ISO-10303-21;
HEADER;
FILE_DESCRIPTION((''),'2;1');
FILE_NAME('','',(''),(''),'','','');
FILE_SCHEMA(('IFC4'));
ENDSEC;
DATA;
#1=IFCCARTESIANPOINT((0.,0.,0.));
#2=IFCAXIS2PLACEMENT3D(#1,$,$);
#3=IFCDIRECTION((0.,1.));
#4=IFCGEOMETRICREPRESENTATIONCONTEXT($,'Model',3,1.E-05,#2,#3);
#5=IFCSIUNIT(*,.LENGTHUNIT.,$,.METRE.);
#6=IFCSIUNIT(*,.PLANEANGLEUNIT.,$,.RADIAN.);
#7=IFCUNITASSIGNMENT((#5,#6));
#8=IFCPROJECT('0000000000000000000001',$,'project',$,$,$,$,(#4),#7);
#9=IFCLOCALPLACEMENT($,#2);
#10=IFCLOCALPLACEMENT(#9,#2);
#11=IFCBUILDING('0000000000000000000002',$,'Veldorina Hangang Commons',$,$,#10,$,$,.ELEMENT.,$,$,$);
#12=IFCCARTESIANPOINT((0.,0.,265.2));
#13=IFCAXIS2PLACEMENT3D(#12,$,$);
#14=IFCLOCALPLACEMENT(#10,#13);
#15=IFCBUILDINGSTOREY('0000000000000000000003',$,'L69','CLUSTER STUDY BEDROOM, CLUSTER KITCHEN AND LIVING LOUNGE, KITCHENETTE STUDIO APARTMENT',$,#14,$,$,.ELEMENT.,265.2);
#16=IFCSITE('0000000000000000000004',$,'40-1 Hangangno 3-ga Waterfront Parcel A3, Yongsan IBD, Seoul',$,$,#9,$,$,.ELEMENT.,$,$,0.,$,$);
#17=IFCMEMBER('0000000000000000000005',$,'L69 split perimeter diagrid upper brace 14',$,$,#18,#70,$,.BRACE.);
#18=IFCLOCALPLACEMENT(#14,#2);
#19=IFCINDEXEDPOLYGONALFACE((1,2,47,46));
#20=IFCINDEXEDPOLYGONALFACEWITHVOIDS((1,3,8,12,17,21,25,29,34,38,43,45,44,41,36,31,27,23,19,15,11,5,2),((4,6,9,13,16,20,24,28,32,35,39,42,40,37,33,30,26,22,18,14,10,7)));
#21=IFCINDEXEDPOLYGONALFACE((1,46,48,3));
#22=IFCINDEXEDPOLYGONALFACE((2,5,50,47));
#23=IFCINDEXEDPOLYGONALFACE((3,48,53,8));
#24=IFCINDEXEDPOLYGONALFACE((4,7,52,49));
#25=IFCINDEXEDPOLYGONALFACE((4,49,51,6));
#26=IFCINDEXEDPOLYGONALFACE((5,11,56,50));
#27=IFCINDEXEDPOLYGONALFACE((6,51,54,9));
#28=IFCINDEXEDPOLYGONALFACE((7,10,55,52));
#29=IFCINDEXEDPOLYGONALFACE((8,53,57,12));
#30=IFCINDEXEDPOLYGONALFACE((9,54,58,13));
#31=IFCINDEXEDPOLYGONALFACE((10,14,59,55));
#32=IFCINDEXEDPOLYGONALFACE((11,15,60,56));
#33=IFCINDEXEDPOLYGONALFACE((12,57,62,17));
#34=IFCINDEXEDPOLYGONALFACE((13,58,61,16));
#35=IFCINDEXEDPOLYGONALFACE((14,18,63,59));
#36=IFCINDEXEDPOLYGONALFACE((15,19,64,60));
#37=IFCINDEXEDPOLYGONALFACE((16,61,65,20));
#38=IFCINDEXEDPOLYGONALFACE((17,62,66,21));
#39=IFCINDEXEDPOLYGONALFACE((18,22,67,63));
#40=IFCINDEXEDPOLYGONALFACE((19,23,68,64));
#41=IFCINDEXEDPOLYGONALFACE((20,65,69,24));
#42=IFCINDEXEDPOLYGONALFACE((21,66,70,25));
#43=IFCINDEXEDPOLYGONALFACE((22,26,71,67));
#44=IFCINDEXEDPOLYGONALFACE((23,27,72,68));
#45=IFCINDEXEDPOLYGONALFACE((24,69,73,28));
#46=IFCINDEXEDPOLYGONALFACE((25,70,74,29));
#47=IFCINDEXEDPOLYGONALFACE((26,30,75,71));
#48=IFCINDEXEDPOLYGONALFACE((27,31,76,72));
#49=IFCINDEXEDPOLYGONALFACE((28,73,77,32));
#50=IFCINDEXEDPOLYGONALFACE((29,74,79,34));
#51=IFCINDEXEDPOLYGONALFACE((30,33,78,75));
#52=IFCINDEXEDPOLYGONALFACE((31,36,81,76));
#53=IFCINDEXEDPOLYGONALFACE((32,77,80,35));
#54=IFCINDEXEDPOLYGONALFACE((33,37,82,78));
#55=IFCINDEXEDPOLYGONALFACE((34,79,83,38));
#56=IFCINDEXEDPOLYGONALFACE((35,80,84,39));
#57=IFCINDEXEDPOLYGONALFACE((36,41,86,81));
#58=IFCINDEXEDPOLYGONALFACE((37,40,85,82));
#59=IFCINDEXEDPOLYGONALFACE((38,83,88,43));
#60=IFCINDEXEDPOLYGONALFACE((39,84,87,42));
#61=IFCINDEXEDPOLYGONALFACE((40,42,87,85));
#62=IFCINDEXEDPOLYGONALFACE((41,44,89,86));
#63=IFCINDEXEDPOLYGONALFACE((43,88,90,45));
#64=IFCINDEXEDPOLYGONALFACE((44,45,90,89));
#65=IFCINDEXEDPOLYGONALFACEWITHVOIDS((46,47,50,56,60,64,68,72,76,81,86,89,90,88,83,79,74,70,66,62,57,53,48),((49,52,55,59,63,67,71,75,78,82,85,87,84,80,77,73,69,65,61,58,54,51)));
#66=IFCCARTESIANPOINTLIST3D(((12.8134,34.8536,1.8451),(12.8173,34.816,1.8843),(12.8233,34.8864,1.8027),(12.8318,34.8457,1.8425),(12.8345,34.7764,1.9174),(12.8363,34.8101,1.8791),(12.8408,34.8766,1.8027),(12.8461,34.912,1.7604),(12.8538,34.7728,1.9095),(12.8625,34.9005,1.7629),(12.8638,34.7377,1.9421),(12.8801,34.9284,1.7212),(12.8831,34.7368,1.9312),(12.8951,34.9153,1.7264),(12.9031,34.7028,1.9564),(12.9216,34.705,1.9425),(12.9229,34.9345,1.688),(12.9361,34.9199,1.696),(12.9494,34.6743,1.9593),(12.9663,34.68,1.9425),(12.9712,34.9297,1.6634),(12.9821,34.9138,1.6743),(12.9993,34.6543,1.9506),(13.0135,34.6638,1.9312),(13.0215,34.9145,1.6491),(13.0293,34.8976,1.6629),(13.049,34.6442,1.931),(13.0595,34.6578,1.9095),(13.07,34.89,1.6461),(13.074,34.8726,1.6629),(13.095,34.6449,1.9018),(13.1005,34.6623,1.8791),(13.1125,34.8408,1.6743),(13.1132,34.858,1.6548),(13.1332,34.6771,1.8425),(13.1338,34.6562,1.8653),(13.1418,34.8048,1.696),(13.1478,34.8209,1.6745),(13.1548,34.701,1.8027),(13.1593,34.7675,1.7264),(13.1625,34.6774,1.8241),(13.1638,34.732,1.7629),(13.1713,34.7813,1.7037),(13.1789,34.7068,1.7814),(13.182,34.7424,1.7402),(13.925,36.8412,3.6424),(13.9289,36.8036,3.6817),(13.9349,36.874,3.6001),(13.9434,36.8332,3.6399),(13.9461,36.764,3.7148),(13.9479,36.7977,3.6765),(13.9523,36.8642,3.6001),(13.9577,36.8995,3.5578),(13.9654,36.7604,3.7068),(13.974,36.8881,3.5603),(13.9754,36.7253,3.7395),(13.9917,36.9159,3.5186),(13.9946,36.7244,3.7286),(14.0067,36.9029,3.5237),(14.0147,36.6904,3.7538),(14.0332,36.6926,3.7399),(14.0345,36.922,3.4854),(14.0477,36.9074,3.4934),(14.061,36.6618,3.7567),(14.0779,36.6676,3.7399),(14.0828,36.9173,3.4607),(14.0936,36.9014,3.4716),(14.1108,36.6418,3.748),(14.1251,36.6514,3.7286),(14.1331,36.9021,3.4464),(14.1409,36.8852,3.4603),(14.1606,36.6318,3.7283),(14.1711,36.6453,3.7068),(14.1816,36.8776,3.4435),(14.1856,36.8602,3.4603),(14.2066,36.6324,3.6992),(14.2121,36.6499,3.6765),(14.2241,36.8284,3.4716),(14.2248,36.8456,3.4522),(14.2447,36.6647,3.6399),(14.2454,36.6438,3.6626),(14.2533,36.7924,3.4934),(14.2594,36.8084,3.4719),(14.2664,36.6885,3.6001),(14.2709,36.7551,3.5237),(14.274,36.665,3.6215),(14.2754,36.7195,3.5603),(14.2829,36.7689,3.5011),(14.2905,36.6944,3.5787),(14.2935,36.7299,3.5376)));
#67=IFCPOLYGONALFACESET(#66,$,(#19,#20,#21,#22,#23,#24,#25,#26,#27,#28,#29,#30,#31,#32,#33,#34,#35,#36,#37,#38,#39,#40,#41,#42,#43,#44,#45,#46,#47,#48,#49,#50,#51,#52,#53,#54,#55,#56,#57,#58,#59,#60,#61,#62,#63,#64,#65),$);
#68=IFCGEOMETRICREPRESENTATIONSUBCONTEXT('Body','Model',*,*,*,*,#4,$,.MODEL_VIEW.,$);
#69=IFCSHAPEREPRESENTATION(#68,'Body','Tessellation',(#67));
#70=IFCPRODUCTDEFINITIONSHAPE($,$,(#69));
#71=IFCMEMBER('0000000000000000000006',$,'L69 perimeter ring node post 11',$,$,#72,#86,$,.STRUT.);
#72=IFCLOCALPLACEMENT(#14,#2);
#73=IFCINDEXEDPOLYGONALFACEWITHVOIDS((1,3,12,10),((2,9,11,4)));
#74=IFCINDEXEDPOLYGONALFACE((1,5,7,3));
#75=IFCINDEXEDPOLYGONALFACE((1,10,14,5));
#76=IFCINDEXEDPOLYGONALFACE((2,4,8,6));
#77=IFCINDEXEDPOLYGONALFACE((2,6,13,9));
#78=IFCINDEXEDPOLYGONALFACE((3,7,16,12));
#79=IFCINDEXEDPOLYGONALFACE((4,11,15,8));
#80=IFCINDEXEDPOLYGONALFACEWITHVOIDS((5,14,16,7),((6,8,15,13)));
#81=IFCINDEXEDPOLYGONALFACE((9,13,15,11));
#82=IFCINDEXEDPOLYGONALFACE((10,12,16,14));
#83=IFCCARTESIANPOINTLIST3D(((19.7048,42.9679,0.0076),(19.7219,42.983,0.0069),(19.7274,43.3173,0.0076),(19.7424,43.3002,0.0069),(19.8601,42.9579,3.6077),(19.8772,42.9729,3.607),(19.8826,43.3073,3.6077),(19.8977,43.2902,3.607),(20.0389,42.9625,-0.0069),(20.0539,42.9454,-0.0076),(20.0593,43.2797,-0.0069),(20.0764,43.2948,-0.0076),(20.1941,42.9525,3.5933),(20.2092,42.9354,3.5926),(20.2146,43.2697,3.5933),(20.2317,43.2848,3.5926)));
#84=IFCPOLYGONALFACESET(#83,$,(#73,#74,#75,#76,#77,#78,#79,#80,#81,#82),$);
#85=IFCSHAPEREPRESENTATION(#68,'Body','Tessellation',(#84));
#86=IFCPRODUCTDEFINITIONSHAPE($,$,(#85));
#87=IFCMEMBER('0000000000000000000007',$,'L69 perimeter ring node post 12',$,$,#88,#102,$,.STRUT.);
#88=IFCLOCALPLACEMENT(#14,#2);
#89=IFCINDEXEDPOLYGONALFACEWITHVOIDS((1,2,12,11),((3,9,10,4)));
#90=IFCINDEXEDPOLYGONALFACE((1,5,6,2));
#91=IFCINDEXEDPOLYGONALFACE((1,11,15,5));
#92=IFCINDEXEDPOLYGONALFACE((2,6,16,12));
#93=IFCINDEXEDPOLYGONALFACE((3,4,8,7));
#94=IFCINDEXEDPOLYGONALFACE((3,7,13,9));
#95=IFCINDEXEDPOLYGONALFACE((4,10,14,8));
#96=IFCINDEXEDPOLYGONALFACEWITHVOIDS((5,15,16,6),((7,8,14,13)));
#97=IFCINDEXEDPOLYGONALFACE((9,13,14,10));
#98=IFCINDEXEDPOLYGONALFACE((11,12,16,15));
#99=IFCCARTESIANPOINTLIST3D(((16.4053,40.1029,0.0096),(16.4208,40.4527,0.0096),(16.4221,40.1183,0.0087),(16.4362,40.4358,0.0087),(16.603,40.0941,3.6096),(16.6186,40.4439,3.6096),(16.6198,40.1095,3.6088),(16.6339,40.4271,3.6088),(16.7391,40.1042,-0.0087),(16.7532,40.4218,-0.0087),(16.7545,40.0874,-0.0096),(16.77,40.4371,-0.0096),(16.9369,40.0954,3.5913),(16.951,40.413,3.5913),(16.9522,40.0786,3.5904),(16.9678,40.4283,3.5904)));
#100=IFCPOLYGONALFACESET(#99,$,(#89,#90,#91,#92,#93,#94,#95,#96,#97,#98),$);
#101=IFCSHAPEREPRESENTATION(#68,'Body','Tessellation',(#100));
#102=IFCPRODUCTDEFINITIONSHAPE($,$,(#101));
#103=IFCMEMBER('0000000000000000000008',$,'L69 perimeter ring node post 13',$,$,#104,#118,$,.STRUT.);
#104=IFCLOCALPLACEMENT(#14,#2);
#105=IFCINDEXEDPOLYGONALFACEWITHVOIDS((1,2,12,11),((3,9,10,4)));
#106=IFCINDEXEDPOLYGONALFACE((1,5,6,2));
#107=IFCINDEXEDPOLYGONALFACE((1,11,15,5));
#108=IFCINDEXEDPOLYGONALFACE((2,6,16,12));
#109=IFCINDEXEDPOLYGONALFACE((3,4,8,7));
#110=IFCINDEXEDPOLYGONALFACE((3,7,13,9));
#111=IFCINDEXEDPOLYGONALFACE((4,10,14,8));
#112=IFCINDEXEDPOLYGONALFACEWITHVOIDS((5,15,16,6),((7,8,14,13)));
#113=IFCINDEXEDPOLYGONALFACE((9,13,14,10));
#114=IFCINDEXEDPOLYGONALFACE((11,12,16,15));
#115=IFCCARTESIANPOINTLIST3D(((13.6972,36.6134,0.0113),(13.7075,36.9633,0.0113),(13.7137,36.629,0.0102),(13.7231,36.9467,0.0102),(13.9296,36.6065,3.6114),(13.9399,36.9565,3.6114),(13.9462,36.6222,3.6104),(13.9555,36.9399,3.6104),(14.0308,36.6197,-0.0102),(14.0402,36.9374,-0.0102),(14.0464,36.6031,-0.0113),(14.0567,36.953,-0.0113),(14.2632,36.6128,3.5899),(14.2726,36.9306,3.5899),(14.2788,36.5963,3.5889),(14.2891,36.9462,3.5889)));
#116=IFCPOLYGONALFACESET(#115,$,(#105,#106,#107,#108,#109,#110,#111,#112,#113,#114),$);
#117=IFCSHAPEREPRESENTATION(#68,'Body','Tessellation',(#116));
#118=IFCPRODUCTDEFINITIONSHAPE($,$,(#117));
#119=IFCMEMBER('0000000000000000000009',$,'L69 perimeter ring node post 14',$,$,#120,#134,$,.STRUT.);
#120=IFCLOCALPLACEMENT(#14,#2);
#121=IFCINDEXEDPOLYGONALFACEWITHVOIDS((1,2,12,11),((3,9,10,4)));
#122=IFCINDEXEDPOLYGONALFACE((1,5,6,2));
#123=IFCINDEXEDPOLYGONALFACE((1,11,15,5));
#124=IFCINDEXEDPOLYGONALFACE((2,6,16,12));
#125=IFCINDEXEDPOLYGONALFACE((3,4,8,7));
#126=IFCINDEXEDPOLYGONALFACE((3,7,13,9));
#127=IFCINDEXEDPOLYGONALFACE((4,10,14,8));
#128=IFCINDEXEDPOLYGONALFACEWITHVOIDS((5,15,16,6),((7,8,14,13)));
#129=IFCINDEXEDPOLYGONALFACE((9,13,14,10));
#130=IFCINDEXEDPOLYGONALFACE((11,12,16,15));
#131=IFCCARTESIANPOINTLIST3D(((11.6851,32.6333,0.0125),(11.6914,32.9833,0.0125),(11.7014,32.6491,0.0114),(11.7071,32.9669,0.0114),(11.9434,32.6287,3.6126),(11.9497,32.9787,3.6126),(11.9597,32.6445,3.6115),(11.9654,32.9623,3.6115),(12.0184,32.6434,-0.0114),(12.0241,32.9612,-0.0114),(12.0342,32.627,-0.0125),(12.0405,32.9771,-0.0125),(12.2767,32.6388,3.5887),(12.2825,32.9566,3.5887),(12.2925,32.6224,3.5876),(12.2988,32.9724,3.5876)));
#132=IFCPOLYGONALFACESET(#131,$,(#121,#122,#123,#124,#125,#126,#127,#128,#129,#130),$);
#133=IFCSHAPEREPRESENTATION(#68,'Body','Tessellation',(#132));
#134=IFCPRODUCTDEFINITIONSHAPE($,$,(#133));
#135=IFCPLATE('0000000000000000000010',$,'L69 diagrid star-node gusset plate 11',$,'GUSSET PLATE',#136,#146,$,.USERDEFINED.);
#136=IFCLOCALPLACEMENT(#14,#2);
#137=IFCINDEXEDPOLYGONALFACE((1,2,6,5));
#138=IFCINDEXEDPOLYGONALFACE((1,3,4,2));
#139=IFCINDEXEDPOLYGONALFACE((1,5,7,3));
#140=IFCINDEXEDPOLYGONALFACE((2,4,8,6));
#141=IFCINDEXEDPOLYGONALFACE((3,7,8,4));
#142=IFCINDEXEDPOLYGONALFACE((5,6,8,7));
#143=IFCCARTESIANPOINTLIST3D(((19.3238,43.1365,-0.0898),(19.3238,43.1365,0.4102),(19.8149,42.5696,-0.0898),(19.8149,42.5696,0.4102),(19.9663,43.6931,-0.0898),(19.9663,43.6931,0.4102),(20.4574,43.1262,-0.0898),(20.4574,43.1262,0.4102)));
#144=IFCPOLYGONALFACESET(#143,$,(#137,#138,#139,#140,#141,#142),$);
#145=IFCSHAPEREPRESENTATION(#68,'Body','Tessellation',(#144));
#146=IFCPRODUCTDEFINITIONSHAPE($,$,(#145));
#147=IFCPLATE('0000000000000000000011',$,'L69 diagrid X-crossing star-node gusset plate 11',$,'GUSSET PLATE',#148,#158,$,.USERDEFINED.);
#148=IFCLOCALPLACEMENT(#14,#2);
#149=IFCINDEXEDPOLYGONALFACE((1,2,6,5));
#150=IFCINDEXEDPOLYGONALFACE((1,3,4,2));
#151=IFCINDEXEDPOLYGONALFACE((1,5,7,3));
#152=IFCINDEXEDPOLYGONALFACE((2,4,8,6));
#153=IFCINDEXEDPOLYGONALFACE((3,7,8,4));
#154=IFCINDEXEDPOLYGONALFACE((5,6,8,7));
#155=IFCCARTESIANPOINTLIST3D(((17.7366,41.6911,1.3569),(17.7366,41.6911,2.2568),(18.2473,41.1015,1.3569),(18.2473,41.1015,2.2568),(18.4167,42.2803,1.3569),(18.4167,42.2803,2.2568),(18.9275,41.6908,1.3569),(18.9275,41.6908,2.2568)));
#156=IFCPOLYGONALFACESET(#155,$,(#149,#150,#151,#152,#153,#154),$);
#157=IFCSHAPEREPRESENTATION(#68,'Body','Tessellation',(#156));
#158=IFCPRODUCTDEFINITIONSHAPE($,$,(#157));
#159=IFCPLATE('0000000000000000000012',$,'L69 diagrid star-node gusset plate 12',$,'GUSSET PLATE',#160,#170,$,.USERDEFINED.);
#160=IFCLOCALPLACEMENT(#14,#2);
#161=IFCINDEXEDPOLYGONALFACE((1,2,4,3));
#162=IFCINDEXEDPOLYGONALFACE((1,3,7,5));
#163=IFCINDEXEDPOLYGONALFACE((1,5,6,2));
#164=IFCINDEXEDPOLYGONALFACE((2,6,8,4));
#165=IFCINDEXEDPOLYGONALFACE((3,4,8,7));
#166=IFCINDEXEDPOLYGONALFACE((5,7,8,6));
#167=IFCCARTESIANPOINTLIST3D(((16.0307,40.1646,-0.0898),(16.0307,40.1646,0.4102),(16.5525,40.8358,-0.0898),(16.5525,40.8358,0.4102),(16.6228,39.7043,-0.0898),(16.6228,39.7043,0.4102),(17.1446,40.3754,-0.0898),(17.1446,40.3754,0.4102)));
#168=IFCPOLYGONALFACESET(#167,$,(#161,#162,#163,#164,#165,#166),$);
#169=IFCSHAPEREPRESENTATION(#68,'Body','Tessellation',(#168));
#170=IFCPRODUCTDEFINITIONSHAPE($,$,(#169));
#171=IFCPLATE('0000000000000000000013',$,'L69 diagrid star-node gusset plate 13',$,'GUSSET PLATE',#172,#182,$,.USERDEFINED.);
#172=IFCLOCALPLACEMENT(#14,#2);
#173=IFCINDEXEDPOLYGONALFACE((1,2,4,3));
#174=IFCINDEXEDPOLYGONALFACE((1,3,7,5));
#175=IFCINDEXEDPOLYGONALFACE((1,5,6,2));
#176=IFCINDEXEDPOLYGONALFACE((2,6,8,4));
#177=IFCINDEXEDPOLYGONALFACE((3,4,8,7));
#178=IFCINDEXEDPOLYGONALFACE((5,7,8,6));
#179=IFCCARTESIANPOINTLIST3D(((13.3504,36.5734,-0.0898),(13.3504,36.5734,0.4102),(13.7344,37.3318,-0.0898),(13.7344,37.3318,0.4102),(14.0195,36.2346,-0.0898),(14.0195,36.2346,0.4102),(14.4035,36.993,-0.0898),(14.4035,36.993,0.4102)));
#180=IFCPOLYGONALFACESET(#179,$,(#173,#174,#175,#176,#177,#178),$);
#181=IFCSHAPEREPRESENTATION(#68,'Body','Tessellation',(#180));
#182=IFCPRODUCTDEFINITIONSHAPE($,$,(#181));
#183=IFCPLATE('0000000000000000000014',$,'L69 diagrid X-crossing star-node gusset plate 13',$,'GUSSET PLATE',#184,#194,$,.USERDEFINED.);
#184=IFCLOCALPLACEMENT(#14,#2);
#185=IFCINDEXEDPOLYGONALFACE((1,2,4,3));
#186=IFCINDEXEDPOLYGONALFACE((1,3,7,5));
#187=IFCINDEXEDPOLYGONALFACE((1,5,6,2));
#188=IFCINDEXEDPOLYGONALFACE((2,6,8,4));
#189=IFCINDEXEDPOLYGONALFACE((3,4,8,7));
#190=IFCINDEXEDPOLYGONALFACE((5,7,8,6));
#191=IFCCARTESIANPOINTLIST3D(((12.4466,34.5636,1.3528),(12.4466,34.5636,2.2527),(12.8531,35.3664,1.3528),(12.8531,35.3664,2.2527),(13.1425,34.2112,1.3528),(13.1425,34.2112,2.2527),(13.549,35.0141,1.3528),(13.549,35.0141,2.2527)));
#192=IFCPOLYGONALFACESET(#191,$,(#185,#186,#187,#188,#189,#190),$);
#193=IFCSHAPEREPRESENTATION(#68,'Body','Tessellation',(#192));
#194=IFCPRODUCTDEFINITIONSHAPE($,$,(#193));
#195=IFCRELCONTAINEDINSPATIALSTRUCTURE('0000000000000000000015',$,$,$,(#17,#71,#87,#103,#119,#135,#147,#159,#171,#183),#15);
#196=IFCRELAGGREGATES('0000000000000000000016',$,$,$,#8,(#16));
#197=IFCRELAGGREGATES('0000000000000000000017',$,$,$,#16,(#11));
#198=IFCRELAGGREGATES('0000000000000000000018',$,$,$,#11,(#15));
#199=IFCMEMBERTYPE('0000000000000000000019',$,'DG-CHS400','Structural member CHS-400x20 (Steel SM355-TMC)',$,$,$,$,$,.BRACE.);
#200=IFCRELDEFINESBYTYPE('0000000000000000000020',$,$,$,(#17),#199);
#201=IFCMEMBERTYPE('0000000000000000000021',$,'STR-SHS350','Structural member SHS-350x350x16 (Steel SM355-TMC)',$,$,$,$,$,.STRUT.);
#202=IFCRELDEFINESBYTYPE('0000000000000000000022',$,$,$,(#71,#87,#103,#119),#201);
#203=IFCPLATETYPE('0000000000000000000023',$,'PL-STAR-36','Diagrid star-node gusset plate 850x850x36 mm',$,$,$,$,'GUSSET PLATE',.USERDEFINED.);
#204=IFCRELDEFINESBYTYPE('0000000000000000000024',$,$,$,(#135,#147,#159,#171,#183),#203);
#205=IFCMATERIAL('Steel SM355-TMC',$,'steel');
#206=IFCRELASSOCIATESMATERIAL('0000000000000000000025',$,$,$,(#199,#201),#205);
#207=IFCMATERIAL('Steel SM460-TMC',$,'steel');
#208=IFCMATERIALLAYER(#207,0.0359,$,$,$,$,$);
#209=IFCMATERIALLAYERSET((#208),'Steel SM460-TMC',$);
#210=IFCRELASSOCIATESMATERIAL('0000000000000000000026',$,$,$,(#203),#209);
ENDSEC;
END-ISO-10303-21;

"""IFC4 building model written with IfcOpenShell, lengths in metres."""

from ifc_helpers import new_model, si_unit, direction, frame, origin, origin_2d, place, context, subcontext, project, spatial, rectangle, hollow_rectangle, hollow_circle, extrude, material, layer, layer_set, material_profile, profile_set, type_object, element, save


model = new_model("IFC4")

# Units and contexts
model_context = context("Model", 3, precision=1e-05, world=origin(), true_north=direction((0.0, 1.0)))
body_context = subcontext(model_context, "Body", "Model", "MODEL_VIEW")
ifc_project = project(units=[si_unit("LENGTHUNIT", "METRE"), si_unit("PLANEANGLEUNIT", "RADIAN")], contexts=[model_context])

# Site, building, storey
site_placement = place(None, origin())
site = spatial("IfcSite", under=ifc_project, at=site_placement, Name="40-1 Hangangno 3-ga Waterfront Parcel A3, Yongsan IBD, Seoul", CompositionType="ELEMENT", RefElevation=0.0)
building_placement = place(site_placement, origin())
building = spatial("IfcBuilding", under=site, at=building_placement, Name="Veldorina Hangang Commons", CompositionType="ELEMENT")
storey_placement = place(building_placement, frame((0.0, 0.0, 265.2)))
storey = spatial("IfcBuildingStorey", under=building, at=storey_placement, Name="L69", Description="CLUSTER STUDY BEDROOM, CLUSTER KITCHEN AND LIVING LOUNGE, KITCHENETTE STUDIO APARTMENT", CompositionType="ELEMENT", Elevation=265.2)

# Shared definitions
ifc_material_1 = material(Name="Steel SM355-TMC", Category="steel")

# Members
ifc_material_profile_1 = material_profile(ifc_material_1, hollow_circle(Radius=0.2, WallThickness=0.02, at=origin_2d()), Name="CHS-400x20")
ifc_profile_set_1 = profile_set([ifc_material_profile_1], Name="Steel SM355-TMC")
member_type_1 = type_object("IfcMemberType", Name="DG-CHS400", Description="Structural member CHS-400x20 (Steel SM355-TMC)", PredefinedType="BRACE", material=ifc_profile_set_1)
member_1_placement = place(storey_placement, frame((12.9978, 34.7888, 1.8027), z_axis=(0.383154, 0.685099, 0.619543), x_axis=(-0.872778, 0.488117, 0.0)))
element("IfcMember", 1, at=member_1_placement, inside=storey, type_object=member_type_1, Name="L69 split perimeter diagrid upper brace 14", PredefinedType="BRACE", context=body_context, shape_type="SweptSolid", body=[
    extrude(hollow_circle(Radius=0.2, WallThickness=0.02, at=origin_2d()), origin(), (0.0, 0.0, 1.0), 2.9011),
])
ifc_material_profile_2 = material_profile(ifc_material_1, hollow_rectangle(XDim=0.3501, YDim=0.3501, WallThickness=0.0161, at=origin_2d()), Name="SHS-350x350x16")
ifc_profile_set_2 = profile_set([ifc_material_profile_2], Name="Steel SM355-TMC")
member_type_2 = type_object("IfcMemberType", Name="STR-SHS350", Description="Structural member SHS-350x350x16 (Steel SM355-TMC)", PredefinedType="STRUT", material=ifc_profile_set_2)
member_2_placement = place(storey_placement, frame((19.8906, 43.1313, 0.0), z_axis=(0.04309, -0.002778, 0.999067), x_axis=(0.064332, 0.997929, 0.0)))
element("IfcMember", 2, at=member_2_placement, inside=storey, type_object=member_type_2, Name="L69 perimeter ring node post 11", PredefinedType="STRUT", context=body_context, shape_type="SweptSolid", body=[
    extrude(hollow_rectangle(XDim=0.3501, YDim=0.3501, WallThickness=0.0161, at=origin_2d()), origin(), (0.0, 0.0, 1.0), 3.6035),
])
member_3_placement = place(storey_placement, frame((16.5876, 40.27, 0.0), z_axis=(0.054847, -0.002438, 0.998492), x_axis=(0.044401, 0.999014, 0.0)))
element("IfcMember", 3, at=member_3_placement, inside=storey, type_object=member_type_2, Name="L69 perimeter ring node post 12", PredefinedType="STRUT", context=body_context, shape_type="SweptSolid", body=[
    extrude(hollow_rectangle(XDim=0.3501, YDim=0.3501, WallThickness=0.0161, at=origin_2d()), origin(), (0.0, 0.0, 1.0), 3.6055),
])
member_4_placement = place(storey_placement, frame((13.877, 36.7832, 0.0), z_axis=(0.064426, -0.001895, 0.997921), x_axis=(0.029399, 0.999568, 0.0)))
element("IfcMember", 4, at=member_4_placement, inside=storey, type_object=member_type_2, Name="L69 perimeter ring node post 13", PredefinedType="STRUT", context=body_context, shape_type="SweptSolid", body=[
    extrude(hollow_rectangle(XDim=0.3501, YDim=0.3501, WallThickness=0.0161, at=origin_2d()), origin(), (0.0, 0.0, 1.0), 3.6077),
])
member_5_placement = place(storey_placement, frame((11.8628, 32.8052, 0.0), z_axis=(0.071564, -0.001285, 0.997435), x_axis=(0.017956, 0.999839, 0.0)))
element("IfcMember", 5, at=member_5_placement, inside=storey, type_object=member_type_2, Name="L69 perimeter ring node post 14", PredefinedType="STRUT", context=body_context, shape_type="SweptSolid", body=[
    extrude(hollow_rectangle(XDim=0.3501, YDim=0.3501, WallThickness=0.0161, at=origin_2d()), origin(), (0.0, 0.0, 1.0), 3.6094),
])

# Plates
ifc_material_2 = material(Name="Steel SM460-TMC", Category="steel")
ifc_layer_1 = layer(ifc_material_2, 0.0359)
ifc_layer_set_1 = layer_set([ifc_layer_1], Name="Steel SM460-TMC")
plate_type = type_object("IfcPlateType", Name="PL-STAR-36", Description="Diagrid star-node gusset plate 850x850x36 mm", ElementType="GUSSET PLATE", PredefinedType="USERDEFINED", material=ifc_layer_set_1)
plate_1_placement = place(storey_placement, frame((19.8906, 43.1313, -0.0898), z_axis=(0.0, 0.0, 1.0), x_axis=(-0.755819, -0.65478, 0.0)))
element("IfcPlate", 6, at=plate_1_placement, inside=storey, type_object=plate_type, Name="L69 diagrid star-node gusset plate 11", ObjectType="GUSSET PLATE", PredefinedType="USERDEFINED", context=body_context, shape_type="SweptSolid", body=[
    extrude(rectangle(XDim=0.8501, YDim=0.75, at=origin_2d()), origin(), (0.0, 0.0, 1.0), 0.5),
])
plate_2_placement = place(storey_placement, frame((18.332, 41.6909, 1.3569), z_axis=(0.0, 0.0, 1.0), x_axis=(-0.755819, -0.65478, 0.0)))
element("IfcPlate", 7, at=plate_2_placement, inside=storey, type_object=plate_type, Name="L69 diagrid X-crossing star-node gusset plate 11", ObjectType="GUSSET PLATE", PredefinedType="USERDEFINED", context=body_context, shape_type="SweptSolid", body=[
    extrude(rectangle(XDim=0.8999, YDim=0.78, at=origin_2d()), origin(), (0.0, 0.0, 1.0), 0.8999),
])
for number, where, z_axis, x_axis, name in (
    (8, (16.5876, 40.27, -0.0898), (0.0, 0.0, 1.0), (-0.613762, -0.789491, 0.0), "L69 diagrid star-node gusset plate 12"),
    (9, (13.877, 36.7832, -0.0898), (0.0, 0.0, 1.0), (-0.451734, -0.892153, 0.0), "L69 diagrid star-node gusset plate 13"),
):
    element("IfcPlate", number, at=place(storey_placement, frame(where, z_axis=z_axis, x_axis=x_axis)), inside=storey, type_object=plate_type, Name=name, ObjectType="GUSSET PLATE", PredefinedType="USERDEFINED", context=body_context, shape_type="SweptSolid", body=[
        extrude(rectangle(XDim=0.8501, YDim=0.75, at=origin_2d()), origin(), (0.0, 0.0, 1.0), 0.5),
    ])
plate_3_placement = place(storey_placement, frame((12.9978, 34.7888, 1.3528), z_axis=(0.0, 0.0, 1.0), x_axis=(-0.451734, -0.892153, 0.0)))
element("IfcPlate", 10, at=plate_3_placement, inside=storey, type_object=plate_type, Name="L69 diagrid X-crossing star-node gusset plate 13", ObjectType="GUSSET PLATE", PredefinedType="USERDEFINED", context=body_context, shape_type="SweptSolid", body=[
    extrude(rectangle(XDim=0.8999, YDim=0.78, at=origin_2d()), origin(), (0.0, 0.0, 1.0), 0.8999),
])

save(model, "model.ifc")
